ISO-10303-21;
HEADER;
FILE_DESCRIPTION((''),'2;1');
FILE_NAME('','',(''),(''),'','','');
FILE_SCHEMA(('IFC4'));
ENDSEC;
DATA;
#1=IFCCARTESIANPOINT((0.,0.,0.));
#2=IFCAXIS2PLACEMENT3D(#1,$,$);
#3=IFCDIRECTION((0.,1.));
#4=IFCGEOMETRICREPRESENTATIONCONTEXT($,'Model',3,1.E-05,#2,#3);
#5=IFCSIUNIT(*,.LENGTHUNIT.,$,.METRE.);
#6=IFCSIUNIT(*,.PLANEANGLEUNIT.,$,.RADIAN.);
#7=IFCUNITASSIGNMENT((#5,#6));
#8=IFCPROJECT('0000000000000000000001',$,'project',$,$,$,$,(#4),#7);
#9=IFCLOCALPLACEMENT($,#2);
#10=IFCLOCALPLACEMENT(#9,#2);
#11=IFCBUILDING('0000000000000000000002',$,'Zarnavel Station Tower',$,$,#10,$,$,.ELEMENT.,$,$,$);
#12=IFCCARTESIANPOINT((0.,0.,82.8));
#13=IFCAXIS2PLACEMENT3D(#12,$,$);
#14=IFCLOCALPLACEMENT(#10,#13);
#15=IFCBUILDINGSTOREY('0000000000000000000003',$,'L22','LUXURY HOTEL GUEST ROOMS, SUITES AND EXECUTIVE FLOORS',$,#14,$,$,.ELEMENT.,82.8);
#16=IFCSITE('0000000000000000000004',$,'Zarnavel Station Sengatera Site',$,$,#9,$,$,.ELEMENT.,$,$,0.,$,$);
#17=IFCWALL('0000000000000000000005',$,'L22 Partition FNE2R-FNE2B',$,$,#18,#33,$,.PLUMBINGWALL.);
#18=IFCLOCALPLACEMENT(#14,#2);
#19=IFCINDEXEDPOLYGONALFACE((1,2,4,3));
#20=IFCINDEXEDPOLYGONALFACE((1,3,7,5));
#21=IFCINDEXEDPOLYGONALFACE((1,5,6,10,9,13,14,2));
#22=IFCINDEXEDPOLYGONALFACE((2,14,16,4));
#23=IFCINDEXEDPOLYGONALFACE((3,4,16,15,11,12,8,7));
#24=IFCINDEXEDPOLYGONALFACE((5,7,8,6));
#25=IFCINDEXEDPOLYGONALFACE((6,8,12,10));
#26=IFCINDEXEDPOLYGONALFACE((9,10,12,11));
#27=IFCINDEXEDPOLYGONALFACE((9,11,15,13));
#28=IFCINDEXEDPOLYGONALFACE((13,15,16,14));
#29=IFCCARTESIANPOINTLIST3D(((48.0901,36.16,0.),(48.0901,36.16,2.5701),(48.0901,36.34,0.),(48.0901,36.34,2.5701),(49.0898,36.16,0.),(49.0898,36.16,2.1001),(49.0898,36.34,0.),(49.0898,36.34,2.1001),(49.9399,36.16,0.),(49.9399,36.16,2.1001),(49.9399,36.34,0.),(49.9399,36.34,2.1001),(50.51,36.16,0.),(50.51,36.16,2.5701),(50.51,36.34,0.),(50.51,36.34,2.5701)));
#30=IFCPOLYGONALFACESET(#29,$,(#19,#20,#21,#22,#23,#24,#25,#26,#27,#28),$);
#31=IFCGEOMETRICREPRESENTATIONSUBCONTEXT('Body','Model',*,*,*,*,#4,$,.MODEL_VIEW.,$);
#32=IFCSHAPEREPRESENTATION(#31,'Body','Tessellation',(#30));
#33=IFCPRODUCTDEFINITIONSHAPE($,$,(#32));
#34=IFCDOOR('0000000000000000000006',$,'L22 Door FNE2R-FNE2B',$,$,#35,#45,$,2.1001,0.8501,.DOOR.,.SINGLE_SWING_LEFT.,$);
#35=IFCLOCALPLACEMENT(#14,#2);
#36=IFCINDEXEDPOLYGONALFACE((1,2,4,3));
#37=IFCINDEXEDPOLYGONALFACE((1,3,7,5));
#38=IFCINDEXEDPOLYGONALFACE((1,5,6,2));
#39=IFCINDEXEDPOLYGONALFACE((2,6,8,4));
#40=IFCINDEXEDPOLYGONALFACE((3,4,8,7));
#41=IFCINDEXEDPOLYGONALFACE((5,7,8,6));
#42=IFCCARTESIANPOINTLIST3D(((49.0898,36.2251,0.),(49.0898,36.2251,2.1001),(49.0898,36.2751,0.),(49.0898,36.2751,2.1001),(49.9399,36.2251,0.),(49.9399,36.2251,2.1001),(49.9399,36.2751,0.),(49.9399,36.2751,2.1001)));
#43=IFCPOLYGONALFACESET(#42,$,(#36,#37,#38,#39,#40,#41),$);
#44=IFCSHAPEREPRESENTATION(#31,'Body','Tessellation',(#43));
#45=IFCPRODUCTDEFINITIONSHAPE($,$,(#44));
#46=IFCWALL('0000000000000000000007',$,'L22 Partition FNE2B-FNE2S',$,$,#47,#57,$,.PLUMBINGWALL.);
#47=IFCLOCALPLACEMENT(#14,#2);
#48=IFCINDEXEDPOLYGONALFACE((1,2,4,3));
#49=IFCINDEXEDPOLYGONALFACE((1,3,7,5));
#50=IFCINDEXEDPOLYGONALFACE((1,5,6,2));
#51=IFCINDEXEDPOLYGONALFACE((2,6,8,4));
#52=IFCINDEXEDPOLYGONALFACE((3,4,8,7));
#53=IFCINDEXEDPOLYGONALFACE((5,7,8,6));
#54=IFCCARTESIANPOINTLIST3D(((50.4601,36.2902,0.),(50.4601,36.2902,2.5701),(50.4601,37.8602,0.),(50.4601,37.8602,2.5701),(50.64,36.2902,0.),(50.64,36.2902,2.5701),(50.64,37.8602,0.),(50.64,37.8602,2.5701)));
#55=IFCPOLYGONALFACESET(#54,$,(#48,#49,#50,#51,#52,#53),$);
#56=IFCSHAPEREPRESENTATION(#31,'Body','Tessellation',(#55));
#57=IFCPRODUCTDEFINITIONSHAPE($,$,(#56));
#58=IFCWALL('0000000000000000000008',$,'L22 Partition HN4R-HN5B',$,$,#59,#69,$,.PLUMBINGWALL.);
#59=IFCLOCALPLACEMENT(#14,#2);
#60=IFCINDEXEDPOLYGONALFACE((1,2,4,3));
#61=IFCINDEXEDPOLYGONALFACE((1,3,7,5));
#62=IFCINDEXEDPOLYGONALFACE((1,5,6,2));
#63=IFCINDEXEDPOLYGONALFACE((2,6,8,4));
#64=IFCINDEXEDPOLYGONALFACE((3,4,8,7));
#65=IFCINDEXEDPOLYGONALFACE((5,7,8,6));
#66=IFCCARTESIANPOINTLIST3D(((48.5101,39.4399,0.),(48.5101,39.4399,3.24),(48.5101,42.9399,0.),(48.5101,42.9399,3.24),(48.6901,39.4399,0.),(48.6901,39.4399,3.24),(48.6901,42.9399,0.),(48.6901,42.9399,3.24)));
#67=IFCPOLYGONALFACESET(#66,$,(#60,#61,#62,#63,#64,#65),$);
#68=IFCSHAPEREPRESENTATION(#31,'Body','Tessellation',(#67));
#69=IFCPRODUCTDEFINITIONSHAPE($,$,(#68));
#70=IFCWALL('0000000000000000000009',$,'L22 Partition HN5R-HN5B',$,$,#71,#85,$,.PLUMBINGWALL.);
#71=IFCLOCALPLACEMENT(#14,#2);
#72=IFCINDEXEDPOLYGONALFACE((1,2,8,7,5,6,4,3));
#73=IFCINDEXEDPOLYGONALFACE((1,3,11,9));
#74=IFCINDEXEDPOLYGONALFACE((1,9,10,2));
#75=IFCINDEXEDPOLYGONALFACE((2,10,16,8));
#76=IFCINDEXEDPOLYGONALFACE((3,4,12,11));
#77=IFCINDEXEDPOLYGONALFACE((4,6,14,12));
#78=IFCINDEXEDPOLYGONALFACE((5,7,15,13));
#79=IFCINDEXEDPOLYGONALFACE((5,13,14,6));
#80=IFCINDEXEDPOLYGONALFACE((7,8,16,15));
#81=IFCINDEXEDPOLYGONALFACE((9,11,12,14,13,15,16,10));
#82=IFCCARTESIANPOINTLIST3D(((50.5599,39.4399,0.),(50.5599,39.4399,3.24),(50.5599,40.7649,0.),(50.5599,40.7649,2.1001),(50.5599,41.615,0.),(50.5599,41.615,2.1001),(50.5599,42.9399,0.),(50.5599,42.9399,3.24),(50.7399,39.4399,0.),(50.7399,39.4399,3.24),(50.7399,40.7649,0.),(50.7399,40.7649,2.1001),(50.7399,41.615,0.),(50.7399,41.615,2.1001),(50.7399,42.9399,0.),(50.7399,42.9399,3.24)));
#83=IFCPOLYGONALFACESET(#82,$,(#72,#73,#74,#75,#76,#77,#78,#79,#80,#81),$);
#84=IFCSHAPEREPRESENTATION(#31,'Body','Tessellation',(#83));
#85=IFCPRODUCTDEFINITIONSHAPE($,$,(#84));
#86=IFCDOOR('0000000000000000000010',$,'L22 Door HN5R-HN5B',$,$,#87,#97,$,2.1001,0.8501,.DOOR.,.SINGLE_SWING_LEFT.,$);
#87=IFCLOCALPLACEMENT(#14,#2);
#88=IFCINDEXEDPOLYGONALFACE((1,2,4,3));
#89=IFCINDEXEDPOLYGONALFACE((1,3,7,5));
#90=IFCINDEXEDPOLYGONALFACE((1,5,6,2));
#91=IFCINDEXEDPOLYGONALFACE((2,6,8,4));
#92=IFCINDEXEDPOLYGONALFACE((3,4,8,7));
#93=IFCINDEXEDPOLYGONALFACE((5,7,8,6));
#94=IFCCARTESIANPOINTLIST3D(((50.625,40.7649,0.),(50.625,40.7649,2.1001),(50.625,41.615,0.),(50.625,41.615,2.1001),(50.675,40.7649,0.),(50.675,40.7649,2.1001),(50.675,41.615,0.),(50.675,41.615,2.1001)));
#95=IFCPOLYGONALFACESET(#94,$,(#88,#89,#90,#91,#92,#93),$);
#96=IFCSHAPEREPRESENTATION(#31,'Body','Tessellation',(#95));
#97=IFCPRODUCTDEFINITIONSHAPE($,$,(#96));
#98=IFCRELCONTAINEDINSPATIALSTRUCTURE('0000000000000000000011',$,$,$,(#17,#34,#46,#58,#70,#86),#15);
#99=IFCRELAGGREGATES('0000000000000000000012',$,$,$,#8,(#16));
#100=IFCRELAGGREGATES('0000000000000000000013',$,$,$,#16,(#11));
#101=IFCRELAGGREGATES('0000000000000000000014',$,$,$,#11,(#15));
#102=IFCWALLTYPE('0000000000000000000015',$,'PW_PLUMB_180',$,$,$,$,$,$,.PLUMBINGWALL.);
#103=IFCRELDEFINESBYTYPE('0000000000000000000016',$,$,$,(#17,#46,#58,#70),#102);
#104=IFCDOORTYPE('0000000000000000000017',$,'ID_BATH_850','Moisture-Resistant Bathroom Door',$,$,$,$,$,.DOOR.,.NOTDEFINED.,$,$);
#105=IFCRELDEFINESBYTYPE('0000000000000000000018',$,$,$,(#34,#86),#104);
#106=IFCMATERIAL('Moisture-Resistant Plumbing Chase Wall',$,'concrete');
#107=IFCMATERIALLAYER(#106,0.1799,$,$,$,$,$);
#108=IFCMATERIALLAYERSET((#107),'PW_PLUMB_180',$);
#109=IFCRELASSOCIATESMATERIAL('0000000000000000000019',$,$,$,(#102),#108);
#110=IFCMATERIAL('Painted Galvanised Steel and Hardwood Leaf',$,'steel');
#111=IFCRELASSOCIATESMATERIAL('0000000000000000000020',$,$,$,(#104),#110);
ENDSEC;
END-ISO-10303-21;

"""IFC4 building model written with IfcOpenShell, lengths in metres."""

from ifc_helpers import new_model, si_unit, direction, frame, frame_2d, origin, place, context, subcontext, project, spatial, rectangle, extrude, material, layer, layer_set, type_object, element, fill, save


model = new_model("IFC4")

# Units and contexts
model_context = context("Model", 3, precision=1e-05, world=origin(), true_north=direction((0.0, 1.0)))
body_context = subcontext(model_context, "Body", "Model", "MODEL_VIEW")
ifc_project = project(units=[si_unit("LENGTHUNIT", "METRE"), si_unit("PLANEANGLEUNIT", "RADIAN")], contexts=[model_context])

# Site, building, storey
site_placement = place(None, origin())
site = spatial("IfcSite", under=ifc_project, at=site_placement, Name="Zarnavel Station Sengatera Site", CompositionType="ELEMENT", RefElevation=0.0)
building_placement = place(site_placement, origin())
building = spatial("IfcBuilding", under=site, at=building_placement, Name="Zarnavel Station Tower", CompositionType="ELEMENT")
storey_placement = place(building_placement, frame((0.0, 0.0, 82.8)))
storey = spatial("IfcBuildingStorey", under=building, at=storey_placement, Name="L22", Description="LUXURY HOTEL GUEST ROOMS, SUITES AND EXECUTIVE FLOORS", CompositionType="ELEMENT", Elevation=82.8)

# Shared definitions
ifc_material_1 = material(Name="Moisture-Resistant Plumbing Chase Wall", Category="concrete")
ifc_layer_1 = layer(ifc_material_1, 0.1799)
ifc_layer_set_1 = layer_set([ifc_layer_1], Name="PW_PLUMB_180")
wall_type_1 = type_object("IfcWallType", Name="PW_PLUMB_180", PredefinedType="PLUMBINGWALL", material=ifc_layer_set_1)

# Wall, opening, door
wall_1_placement = place(storey_placement, frame((50.51, 36.25, 0.0), z_axis=(0.0, 0.0, 1.0), x_axis=(-1.0, 0.0, 0.0)))
wall_1 = element("IfcWall", 1, at=wall_1_placement, inside=storey, type_object=wall_type_1, Name="L22 Partition FNE2R-FNE2B", PredefinedType="PLUMBINGWALL", context=body_context, shape_type="SweptSolid", body=[
    extrude(rectangle(XDim=2.4199, YDim=0.1799, at=frame_2d((1.21, 0.0))), origin(), (0.0, 0.0, 1.0), 2.5701),
])
opening_1_placement = place(wall_1_placement, frame((0.5701, 0.0, 0.0)))
opening_1 = element("IfcOpeningElement", 2, at=opening_1_placement, cuts=wall_1, PredefinedType="OPENING", context=body_context, shape_type="SweptSolid", body=[
    extrude(rectangle(XDim=0.8501, YDim=2.1001, at=frame_2d((0.425, 1.05))), frame((0.0, 0.0999, 0.0), z_axis=(0.0, -1.0, 0.0), x_axis=(1.0, 0.0, 0.0)), (0.0, 0.0, 1.0), 0.2),
])
ifc_material_2 = material(Name="Painted Galvanised Steel and Hardwood Leaf", Category="steel")
door_type_1 = type_object("IfcDoorType", Name="ID_BATH_850", Description="Moisture-Resistant Bathroom Door", OperationType="NOTDEFINED", PredefinedType="DOOR", material=ifc_material_2)
door_1_placement = place(opening_1_placement, origin())
door_1 = element("IfcDoor", 3, at=door_1_placement, inside=storey, type_object=door_type_1, Name="L22 Door FNE2R-FNE2B", OperationType="SINGLE_SWING_LEFT", OverallHeight=2.1001, OverallWidth=0.8501, PredefinedType="DOOR", context=body_context, shape_type="SweptSolid", body=[
    extrude(rectangle(XDim=0.8501, YDim=2.1001, at=frame_2d((0.425, 1.05))), frame((0.0, 0.0249, 0.0), z_axis=(0.0, -1.0, 0.0), x_axis=(1.0, 0.0, 0.0)), (0.0, 0.0, 1.0), 0.05),
])
fill(opening_1, door_1)

# Walls
wall_2_placement = place(storey_placement, frame((50.55, 36.29, 0.0), z_axis=(0.0, 0.0, 1.0), x_axis=(0.0, 1.0, 0.0)))
element("IfcWall", 4, at=wall_2_placement, inside=storey, type_object=wall_type_1, Name="L22 Partition FNE2B-FNE2S", PredefinedType="PLUMBINGWALL", context=body_context, shape_type="SweptSolid", body=[
    extrude(rectangle(XDim=1.5701, YDim=0.1799, at=frame_2d((0.7852, 0.0))), origin(), (0.0, 0.0, 1.0), 2.5701),
])
wall_3_placement = place(storey_placement, frame((48.6001, 39.4399, 0.0), z_axis=(0.0, 0.0, 1.0), x_axis=(0.0, 1.0, 0.0)))
element("IfcWall", 5, at=wall_3_placement, inside=storey, type_object=wall_type_1, Name="L22 Partition HN4R-HN5B", PredefinedType="PLUMBINGWALL", context=body_context, shape_type="SweptSolid", body=[
    extrude(rectangle(XDim=3.5, YDim=0.1799, at=frame_2d((1.75, 0.0))), origin(), (0.0, 0.0, 1.0), 3.24),
])

# Wall, opening, door
wall_4_placement = place(storey_placement, frame((50.6499, 39.4399, 0.0), z_axis=(0.0, 0.0, 1.0), x_axis=(0.0, 1.0, 0.0)))
wall_4 = element("IfcWall", 6, at=wall_4_placement, inside=storey, type_object=wall_type_1, Name="L22 Partition HN5R-HN5B", PredefinedType="PLUMBINGWALL", context=body_context, shape_type="SweptSolid", body=[
    extrude(rectangle(XDim=3.5, YDim=0.1799, at=frame_2d((1.75, 0.0))), origin(), (0.0, 0.0, 1.0), 3.24),
])
opening_2_placement = place(wall_4_placement, frame((1.325, 0.0, 0.0)))
opening_2 = element("IfcOpeningElement", 7, at=opening_2_placement, cuts=wall_4, PredefinedType="OPENING", context=body_context, shape_type="SweptSolid", body=[
    extrude(rectangle(XDim=0.8501, YDim=2.1001, at=frame_2d((0.425, 1.05))), frame((0.0, 0.0999, 0.0), z_axis=(0.0, -1.0, 0.0), x_axis=(1.0, 0.0, 0.0)), (0.0, 0.0, 1.0), 0.2),
])
door_2_placement = place(opening_2_placement, origin())
door_2 = element("IfcDoor", 8, at=door_2_placement, inside=storey, type_object=door_type_1, Name="L22 Door HN5R-HN5B", OperationType="SINGLE_SWING_LEFT", OverallHeight=2.1001, OverallWidth=0.8501, PredefinedType="DOOR", context=body_context, shape_type="SweptSolid", body=[
    extrude(rectangle(XDim=0.8501, YDim=2.1001, at=frame_2d((0.425, 1.05))), frame((0.0, 0.0249, 0.0), z_axis=(0.0, -1.0, 0.0), x_axis=(1.0, 0.0, 0.0)), (0.0, 0.0, 1.0), 0.05),
])
fill(opening_2, door_2)

save(model, "model.ifc")
